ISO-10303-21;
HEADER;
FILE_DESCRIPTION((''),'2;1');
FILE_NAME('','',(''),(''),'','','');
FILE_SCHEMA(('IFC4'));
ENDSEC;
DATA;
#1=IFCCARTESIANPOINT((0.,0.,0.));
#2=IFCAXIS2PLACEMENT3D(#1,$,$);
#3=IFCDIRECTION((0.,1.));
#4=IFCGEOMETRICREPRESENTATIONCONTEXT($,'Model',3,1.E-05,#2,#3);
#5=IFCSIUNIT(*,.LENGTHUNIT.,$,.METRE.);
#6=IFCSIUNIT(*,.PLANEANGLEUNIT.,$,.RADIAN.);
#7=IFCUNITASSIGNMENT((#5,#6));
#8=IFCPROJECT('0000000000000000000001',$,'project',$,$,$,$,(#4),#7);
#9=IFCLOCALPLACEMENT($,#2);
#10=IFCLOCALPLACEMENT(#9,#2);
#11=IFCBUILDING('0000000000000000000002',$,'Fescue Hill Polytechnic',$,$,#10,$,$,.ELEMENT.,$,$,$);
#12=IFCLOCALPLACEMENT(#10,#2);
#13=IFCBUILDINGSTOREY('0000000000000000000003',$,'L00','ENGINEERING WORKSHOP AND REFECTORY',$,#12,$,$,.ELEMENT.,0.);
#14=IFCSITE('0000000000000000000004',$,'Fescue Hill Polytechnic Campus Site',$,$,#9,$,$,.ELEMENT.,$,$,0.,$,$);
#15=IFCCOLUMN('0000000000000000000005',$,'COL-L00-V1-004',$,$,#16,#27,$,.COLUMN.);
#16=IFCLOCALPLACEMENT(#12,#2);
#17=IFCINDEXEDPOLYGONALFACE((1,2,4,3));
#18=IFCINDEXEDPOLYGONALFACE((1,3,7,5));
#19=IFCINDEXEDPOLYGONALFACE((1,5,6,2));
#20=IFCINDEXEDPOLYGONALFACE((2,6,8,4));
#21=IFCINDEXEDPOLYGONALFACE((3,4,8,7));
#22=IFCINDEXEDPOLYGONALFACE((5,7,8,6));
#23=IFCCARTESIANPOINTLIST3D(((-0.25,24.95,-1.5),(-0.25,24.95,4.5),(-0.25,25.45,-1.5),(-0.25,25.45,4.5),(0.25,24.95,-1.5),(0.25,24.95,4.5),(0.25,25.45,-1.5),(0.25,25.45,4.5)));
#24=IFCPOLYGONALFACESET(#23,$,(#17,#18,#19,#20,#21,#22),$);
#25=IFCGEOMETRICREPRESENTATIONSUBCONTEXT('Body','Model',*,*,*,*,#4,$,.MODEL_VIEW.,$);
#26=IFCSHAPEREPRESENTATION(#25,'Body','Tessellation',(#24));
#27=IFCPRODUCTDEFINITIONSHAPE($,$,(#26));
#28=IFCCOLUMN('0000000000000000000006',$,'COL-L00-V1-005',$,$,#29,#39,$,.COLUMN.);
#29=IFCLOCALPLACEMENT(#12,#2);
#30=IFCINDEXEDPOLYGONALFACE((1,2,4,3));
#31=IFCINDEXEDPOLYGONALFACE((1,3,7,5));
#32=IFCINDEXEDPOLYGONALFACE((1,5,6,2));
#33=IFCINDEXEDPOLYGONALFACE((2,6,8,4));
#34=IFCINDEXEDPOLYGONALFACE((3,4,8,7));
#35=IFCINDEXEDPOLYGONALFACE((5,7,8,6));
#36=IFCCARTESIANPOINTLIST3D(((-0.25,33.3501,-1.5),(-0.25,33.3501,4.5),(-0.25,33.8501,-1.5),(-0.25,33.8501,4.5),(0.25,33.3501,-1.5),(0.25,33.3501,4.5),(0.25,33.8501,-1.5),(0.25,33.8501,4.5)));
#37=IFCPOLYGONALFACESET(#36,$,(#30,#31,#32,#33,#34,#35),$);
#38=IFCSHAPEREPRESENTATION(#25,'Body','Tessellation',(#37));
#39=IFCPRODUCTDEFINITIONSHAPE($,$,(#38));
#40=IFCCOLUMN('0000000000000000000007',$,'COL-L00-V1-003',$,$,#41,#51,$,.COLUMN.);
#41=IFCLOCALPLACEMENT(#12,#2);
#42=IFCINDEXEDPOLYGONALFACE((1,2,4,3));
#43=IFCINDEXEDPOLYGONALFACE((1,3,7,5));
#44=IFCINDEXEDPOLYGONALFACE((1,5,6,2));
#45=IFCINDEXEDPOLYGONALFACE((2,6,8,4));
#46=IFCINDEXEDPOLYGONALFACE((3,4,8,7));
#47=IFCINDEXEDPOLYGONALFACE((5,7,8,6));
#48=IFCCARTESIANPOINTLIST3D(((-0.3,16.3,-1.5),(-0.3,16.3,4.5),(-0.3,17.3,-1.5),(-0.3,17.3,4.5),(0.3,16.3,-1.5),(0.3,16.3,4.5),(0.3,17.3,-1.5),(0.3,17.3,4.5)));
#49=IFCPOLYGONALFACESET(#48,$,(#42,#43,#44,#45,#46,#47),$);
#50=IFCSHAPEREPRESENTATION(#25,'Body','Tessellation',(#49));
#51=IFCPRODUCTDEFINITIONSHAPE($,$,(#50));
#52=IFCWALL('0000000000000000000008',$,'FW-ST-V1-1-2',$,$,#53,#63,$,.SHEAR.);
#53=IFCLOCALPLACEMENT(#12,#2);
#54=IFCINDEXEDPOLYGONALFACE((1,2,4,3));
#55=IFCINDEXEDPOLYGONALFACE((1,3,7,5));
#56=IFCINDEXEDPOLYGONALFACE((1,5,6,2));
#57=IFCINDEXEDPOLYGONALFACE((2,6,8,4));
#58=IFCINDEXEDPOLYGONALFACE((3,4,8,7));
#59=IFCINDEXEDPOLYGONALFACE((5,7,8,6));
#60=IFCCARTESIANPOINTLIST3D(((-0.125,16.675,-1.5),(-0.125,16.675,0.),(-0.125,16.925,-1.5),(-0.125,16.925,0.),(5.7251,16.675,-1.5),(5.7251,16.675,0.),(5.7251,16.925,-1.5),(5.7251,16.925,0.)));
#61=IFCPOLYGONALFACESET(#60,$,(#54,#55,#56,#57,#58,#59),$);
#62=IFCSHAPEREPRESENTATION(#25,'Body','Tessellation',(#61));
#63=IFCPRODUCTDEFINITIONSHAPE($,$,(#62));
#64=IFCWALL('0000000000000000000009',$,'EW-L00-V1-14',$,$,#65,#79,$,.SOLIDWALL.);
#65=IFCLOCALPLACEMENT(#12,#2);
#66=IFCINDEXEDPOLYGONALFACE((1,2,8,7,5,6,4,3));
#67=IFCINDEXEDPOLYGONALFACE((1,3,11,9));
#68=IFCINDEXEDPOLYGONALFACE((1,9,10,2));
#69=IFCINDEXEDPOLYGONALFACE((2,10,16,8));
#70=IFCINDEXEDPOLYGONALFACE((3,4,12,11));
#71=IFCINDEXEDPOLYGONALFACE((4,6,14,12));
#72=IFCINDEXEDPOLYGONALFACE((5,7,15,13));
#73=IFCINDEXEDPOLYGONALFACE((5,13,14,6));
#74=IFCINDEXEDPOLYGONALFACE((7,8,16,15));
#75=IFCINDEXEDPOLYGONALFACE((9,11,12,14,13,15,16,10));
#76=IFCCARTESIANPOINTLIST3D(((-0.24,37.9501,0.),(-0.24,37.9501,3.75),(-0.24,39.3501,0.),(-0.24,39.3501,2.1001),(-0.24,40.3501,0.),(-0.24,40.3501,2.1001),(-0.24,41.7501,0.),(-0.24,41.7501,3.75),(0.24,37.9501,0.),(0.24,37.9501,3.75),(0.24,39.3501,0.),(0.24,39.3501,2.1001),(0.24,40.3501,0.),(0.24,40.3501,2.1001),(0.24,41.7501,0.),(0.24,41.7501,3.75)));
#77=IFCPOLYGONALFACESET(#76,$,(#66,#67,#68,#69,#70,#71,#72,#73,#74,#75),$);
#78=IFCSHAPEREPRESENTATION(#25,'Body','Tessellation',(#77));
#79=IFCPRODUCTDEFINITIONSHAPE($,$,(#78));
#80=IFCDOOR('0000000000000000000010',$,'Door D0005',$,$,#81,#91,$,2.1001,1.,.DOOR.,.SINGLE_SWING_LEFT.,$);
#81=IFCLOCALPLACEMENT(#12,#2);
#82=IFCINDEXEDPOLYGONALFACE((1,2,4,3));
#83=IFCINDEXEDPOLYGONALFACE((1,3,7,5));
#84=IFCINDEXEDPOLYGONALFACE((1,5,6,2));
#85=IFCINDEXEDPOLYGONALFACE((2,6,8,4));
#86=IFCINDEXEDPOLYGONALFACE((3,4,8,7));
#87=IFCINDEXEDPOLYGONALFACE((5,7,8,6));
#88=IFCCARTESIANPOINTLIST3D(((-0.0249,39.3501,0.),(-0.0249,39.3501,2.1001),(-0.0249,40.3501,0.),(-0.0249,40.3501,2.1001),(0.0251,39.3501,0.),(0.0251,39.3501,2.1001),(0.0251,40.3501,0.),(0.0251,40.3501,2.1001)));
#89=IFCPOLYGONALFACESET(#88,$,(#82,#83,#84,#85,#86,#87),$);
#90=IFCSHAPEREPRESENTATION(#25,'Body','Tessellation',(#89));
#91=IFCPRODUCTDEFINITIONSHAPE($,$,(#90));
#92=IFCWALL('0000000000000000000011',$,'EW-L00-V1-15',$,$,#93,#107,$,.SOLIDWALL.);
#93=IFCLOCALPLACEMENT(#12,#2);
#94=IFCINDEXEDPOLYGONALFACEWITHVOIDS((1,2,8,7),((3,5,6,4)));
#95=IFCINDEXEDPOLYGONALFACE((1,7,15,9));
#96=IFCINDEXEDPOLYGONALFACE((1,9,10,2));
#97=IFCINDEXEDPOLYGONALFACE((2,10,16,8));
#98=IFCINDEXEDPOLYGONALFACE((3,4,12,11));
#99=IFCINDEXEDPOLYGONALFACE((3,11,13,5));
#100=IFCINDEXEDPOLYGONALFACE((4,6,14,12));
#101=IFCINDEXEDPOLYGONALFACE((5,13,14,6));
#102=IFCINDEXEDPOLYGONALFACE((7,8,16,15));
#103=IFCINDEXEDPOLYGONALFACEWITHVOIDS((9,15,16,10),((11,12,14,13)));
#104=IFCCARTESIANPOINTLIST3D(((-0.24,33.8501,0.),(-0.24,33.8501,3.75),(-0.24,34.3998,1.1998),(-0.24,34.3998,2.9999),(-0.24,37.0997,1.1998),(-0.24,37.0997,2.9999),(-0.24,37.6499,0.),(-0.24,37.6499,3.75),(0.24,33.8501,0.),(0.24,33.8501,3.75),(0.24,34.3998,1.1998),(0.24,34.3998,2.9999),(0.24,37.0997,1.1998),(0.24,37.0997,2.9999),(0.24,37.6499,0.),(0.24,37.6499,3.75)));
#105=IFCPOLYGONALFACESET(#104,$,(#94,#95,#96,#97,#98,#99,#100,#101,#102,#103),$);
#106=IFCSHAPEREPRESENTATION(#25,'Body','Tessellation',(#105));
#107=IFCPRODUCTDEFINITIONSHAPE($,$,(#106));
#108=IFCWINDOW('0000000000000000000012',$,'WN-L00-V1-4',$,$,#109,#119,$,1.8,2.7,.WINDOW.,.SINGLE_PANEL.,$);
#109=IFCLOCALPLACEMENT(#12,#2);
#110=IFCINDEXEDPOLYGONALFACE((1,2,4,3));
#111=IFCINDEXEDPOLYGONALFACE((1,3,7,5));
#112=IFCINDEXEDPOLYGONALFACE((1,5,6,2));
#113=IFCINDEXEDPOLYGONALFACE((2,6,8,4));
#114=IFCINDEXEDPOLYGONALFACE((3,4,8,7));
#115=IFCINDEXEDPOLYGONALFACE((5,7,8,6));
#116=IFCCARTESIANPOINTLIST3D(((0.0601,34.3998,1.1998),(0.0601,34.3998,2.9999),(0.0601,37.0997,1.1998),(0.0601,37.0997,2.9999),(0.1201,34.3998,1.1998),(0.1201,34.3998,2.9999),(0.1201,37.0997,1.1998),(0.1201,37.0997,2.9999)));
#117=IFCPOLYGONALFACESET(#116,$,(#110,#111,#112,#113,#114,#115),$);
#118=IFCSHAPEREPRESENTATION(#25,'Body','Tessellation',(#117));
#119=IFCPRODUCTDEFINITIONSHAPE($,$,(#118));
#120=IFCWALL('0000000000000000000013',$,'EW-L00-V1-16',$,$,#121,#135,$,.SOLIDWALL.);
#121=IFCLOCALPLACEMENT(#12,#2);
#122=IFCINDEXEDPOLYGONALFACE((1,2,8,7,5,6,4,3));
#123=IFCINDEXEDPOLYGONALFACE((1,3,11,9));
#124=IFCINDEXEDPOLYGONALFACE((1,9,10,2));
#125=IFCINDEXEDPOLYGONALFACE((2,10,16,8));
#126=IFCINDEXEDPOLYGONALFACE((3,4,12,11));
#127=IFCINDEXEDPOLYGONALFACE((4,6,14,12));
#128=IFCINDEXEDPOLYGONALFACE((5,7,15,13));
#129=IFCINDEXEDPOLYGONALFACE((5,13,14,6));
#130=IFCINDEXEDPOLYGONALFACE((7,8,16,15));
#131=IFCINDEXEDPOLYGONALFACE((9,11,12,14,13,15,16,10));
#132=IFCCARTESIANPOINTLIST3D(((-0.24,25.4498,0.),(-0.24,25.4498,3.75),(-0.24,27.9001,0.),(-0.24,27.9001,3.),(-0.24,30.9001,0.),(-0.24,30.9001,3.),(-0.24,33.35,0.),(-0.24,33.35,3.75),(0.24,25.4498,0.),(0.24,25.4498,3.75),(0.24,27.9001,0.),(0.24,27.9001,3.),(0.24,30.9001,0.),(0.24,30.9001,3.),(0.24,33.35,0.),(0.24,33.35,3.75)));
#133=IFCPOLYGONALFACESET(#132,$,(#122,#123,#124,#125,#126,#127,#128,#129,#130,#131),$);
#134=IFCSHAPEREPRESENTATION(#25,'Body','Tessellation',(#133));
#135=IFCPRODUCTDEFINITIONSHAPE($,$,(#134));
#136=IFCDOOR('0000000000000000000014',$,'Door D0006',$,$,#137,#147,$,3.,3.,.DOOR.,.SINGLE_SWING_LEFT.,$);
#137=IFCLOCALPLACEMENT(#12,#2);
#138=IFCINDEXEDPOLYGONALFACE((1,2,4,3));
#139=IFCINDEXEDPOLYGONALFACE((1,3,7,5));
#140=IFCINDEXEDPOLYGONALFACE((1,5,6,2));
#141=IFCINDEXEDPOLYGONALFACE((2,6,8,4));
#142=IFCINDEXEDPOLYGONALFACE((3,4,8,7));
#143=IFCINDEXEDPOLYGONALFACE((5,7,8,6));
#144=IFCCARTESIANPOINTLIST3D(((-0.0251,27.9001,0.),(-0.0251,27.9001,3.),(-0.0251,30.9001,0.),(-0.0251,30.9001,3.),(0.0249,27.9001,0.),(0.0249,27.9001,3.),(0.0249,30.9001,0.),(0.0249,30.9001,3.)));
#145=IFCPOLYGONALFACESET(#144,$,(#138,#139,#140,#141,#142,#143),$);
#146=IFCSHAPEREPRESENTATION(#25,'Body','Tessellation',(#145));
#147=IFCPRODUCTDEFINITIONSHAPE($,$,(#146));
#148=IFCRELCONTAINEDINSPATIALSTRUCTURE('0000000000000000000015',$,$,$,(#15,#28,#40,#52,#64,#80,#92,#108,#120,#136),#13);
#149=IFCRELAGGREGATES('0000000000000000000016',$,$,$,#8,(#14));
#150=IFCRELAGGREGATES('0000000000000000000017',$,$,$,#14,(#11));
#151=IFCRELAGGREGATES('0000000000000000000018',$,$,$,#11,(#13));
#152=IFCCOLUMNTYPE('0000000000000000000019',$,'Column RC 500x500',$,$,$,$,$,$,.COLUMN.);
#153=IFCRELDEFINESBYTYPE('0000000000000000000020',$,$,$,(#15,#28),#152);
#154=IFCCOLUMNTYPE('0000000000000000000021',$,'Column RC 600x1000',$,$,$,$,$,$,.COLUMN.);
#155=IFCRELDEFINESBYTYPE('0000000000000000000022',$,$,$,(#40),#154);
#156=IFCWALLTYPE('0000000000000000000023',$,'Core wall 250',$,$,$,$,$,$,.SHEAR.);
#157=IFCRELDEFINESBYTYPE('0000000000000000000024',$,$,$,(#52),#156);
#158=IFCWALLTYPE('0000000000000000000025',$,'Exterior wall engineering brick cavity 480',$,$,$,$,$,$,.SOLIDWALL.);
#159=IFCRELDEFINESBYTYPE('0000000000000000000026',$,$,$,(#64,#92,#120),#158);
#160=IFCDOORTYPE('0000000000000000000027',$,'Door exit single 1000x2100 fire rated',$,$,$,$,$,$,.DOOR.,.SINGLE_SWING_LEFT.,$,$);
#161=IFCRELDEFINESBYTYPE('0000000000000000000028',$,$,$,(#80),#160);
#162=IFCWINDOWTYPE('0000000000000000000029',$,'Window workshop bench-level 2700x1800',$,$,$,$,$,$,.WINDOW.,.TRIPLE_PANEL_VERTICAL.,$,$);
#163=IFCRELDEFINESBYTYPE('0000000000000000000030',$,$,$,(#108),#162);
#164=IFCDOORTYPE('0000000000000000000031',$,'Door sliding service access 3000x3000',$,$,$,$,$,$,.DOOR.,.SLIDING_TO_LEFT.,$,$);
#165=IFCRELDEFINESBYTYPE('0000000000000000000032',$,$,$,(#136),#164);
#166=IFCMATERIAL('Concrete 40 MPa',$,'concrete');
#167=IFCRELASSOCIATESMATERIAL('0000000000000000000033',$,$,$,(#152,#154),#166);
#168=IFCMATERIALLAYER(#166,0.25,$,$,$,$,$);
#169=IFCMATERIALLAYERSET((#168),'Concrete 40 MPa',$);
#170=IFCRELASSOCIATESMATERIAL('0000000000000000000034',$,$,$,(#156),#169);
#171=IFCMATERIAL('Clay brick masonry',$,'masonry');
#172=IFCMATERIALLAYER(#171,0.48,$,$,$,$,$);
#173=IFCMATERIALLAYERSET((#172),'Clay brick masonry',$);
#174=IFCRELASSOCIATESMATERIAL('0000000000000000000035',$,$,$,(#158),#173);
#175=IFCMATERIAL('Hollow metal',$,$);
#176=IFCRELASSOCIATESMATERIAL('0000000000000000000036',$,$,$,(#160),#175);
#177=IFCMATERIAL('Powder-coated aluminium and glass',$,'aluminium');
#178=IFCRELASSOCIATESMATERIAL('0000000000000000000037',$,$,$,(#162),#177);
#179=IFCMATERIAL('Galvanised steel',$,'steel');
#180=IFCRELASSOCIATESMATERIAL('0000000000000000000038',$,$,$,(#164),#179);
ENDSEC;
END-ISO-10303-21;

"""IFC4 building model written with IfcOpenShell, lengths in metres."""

from ifc_helpers import new_model, si_unit, direction, frame, frame_2d, origin, origin_2d, place, context, subcontext, project, spatial, rectangle, extrude, material, layer, layer_set, material_profile, profile_set, type_object, element, fill, save


model = new_model("IFC4")

# Units and contexts
model_context = context("Model", 3, precision=1e-05, world=origin(), true_north=direction((0.0, 1.0)))
body_context = subcontext(model_context, "Body", "Model", "MODEL_VIEW")
ifc_project = project(units=[si_unit("LENGTHUNIT", "METRE"), si_unit("PLANEANGLEUNIT", "RADIAN")], contexts=[model_context])

# Site, building, storey
site_placement = place(None, origin())
site = spatial("IfcSite", under=ifc_project, at=site_placement, Name="Fescue Hill Polytechnic Campus Site", CompositionType="ELEMENT", RefElevation=0.0)
building_placement = place(site_placement, origin())
building = spatial("IfcBuilding", under=site, at=building_placement, Name="Fescue Hill Polytechnic", CompositionType="ELEMENT")
storey_placement = place(building_placement, origin())
storey = spatial("IfcBuildingStorey", under=building, at=storey_placement, Name="L00", Description="ENGINEERING WORKSHOP AND REFECTORY", CompositionType="ELEMENT", Elevation=0.0)

# Columns
ifc_material_1 = material(Name="Concrete 40 MPa", Category="concrete")
ifc_material_profile_1 = material_profile(ifc_material_1, rectangle(XDim=0.5, YDim=0.5, at=origin_2d()), Name="RC 500x500")
ifc_profile_set_1 = profile_set([ifc_material_profile_1], Name="Concrete 40 MPa")
column_type_1 = type_object("IfcColumnType", Name="Column RC 500x500", PredefinedType="COLUMN", material=ifc_profile_set_1)
for number, where, z_axis, x_axis, name in (
    (1, (0.0, 25.2, -1.5), (0.0, 0.0, 1.0), (1.0, 0.0, 0.0), "COL-L00-V1-004"),
    (2, (0.0, 33.6001, -1.5), (0.0, 0.0, 1.0), (1.0, 0.0, 0.0), "COL-L00-V1-005"),
):
    element("IfcColumn", number, at=place(storey_placement, frame(where, z_axis=z_axis, x_axis=x_axis)), inside=storey, type_object=column_type_1, Name=name, PredefinedType="COLUMN", context=body_context, shape_type="SweptSolid", body=[
        extrude(rectangle(XDim=0.5, YDim=0.5, at=origin_2d()), origin(), (0.0, 0.0, 1.0), 6.0),
    ])
ifc_material_profile_2 = material_profile(ifc_material_1, rectangle(XDim=0.6001, YDim=1.0, at=origin_2d()), Name="RC 600x1000")
ifc_profile_set_2 = profile_set([ifc_material_profile_2], Name="Concrete 40 MPa")
column_type_2 = type_object("IfcColumnType", Name="Column RC 600x1000", PredefinedType="COLUMN", material=ifc_profile_set_2)
column_placement = place(storey_placement, frame((0.0, 16.8, -1.5), z_axis=(0.0, 0.0, 1.0), x_axis=(1.0, 0.0, 0.0)))
element("IfcColumn", 3, at=column_placement, inside=storey, type_object=column_type_2, Name="COL-L00-V1-003", PredefinedType="COLUMN", context=body_context, shape_type="SweptSolid", body=[
    extrude(rectangle(XDim=0.6001, YDim=1.0, at=origin_2d()), origin(), (0.0, 0.0, 1.0), 6.0),
])

# Wall
ifc_layer_1 = layer(ifc_material_1, 0.25)
ifc_layer_set_1 = layer_set([ifc_layer_1], Name="Concrete 40 MPa")
wall_type_1 = type_object("IfcWallType", Name="Core wall 250", PredefinedType="SHEAR", material=ifc_layer_set_1)
wall_1_placement = place(storey_placement, frame((-0.125, 16.8, -1.5), z_axis=(0.0, 0.0, 1.0), x_axis=(1.0, 0.0, 0.0)))
element("IfcWall", 4, at=wall_1_placement, inside=storey, type_object=wall_type_1, Name="FW-ST-V1-1-2", PredefinedType="SHEAR", context=body_context, shape_type="SweptSolid", body=[
    extrude(rectangle(XDim=5.8501, YDim=0.25, at=frame_2d((2.925, 0.0))), origin(), (0.0, 0.0, 1.0), 1.5),
])

# Wall, opening, door
ifc_material_2 = material(Name="Clay brick masonry", Category="masonry")
ifc_layer_2 = layer(ifc_material_2, 0.48)
ifc_layer_set_2 = layer_set([ifc_layer_2], Name="Clay brick masonry")
wall_type_2 = type_object("IfcWallType", Name="Exterior wall engineering brick cavity 480", PredefinedType="SOLIDWALL", material=ifc_layer_set_2)
wall_2_placement = place(storey_placement, frame((0.0, 41.75, 0.0), z_axis=(0.0, 0.0, 1.0), x_axis=(0.0, -1.0, 0.0)))
wall_2 = element("IfcWall", 5, at=wall_2_placement, inside=storey, type_object=wall_type_2, Name="EW-L00-V1-14", PredefinedType="SOLIDWALL", context=body_context, shape_type="SweptSolid", body=[
    extrude(rectangle(XDim=3.8, YDim=0.48, at=frame_2d((1.8999, 0.0))), origin(), (0.0, 0.0, 1.0), 3.75),
])
opening_1_placement = place(wall_2_placement, frame((2.3999, 0.0, 0.0), z_axis=(0.0, 0.0, 1.0), x_axis=(-1.0, 0.0, 0.0)))
opening_1 = element("IfcOpeningElement", 6, at=opening_1_placement, cuts=wall_2, PredefinedType="OPENING", context=body_context, shape_type="SweptSolid", body=[
    extrude(rectangle(XDim=1.0, YDim=2.1001, at=frame_2d((0.5, 1.05))), frame((0.0, 0.25, 0.0), z_axis=(0.0, -1.0, 0.0), x_axis=(1.0, 0.0, 0.0)), (0.0, 0.0, 1.0), 0.5),
])
ifc_material_3 = material(Name="Hollow metal")
door_type_1 = type_object("IfcDoorType", Name="Door exit single 1000x2100 fire rated", OperationType="SINGLE_SWING_LEFT", PredefinedType="DOOR", material=ifc_material_3)
door_1_placement = place(opening_1_placement, origin())
door_1 = element("IfcDoor", 7, at=door_1_placement, inside=storey, type_object=door_type_1, Name="Door D0005", OperationType="SINGLE_SWING_LEFT", OverallHeight=2.1001, OverallWidth=1.0, PredefinedType="DOOR", context=body_context, shape_type="SweptSolid", body=[
    extrude(rectangle(XDim=1.0, YDim=2.1001, at=frame_2d((0.5, 1.05))), frame((0.0, 0.0249, 0.0), z_axis=(0.0, -1.0, 0.0), x_axis=(1.0, 0.0, 0.0)), (0.0, 0.0, 1.0), 0.05),
])
fill(opening_1, door_1)

# Wall, opening, window
wall_3_placement = place(storey_placement, frame((0.0, 37.6499, 0.0), z_axis=(0.0, 0.0, 1.0), x_axis=(0.0, -1.0, 0.0)))
wall_3 = element("IfcWall", 8, at=wall_3_placement, inside=storey, type_object=wall_type_2, Name="EW-L00-V1-15", PredefinedType="SOLIDWALL", context=body_context, shape_type="SweptSolid", body=[
    extrude(rectangle(XDim=3.7998, YDim=0.48, at=frame_2d((1.8999, 0.0))), origin(), (0.0, 0.0, 1.0), 3.75),
])
opening_2_placement = place(wall_3_placement, frame((0.55, 0.0, 1.2)))
opening_2 = element("IfcOpeningElement", 9, at=opening_2_placement, cuts=wall_3, PredefinedType="OPENING", context=body_context, shape_type="SweptSolid", body=[
    extrude(rectangle(XDim=2.7, YDim=1.8, at=frame_2d((1.3501, 0.8999))), frame((0.0, 0.25, 0.0), z_axis=(0.0, -1.0, 0.0), x_axis=(1.0, 0.0, 0.0)), (0.0, 0.0, 1.0), 0.5),
])
ifc_material_4 = material(Name="Powder-coated aluminium and glass", Category="aluminium")
window_type = type_object("IfcWindowType", Name="Window workshop bench-level 2700x1800", PartitioningType="TRIPLE_PANEL_VERTICAL", PredefinedType="WINDOW", material=ifc_material_4)
window_placement = place(opening_2_placement, origin())
window = element("IfcWindow", 10, at=window_placement, inside=storey, type_object=window_type, Name="WN-L00-V1-4", OverallHeight=1.8, OverallWidth=2.7, PartitioningType="SINGLE_PANEL", PredefinedType="WINDOW", context=body_context, shape_type="SweptSolid", body=[
    extrude(rectangle(XDim=2.7, YDim=1.8, at=frame_2d((1.3501, 0.8999))), frame((0.0, 0.1201, 0.0), z_axis=(0.0, -1.0, 0.0), x_axis=(1.0, 0.0, 0.0)), (0.0, 0.0, 1.0), 0.0601),
])
fill(opening_2, window)

# Wall, opening, door
wall_4_placement = place(storey_placement, frame((0.0, 33.3501, 0.0), z_axis=(0.0, 0.0, 1.0), x_axis=(0.0, -1.0, 0.0)))
wall_4 = element("IfcWall", 11, at=wall_4_placement, inside=storey, type_object=wall_type_2, Name="EW-L00-V1-16", PredefinedType="SOLIDWALL", context=body_context, shape_type="SweptSolid", body=[
    extrude(rectangle(XDim=7.9001, YDim=0.48, at=frame_2d((3.9502, 0.0))), origin(), (0.0, 0.0, 1.0), 3.75),
])
opening_3_placement = place(wall_4_placement, frame((2.45, 0.0, 0.0)))
opening_3 = element("IfcOpeningElement", 12, at=opening_3_placement, cuts=wall_4, PredefinedType="OPENING", context=body_context, shape_type="SweptSolid", body=[
    extrude(rectangle(XDim=3.0, YDim=3.0, at=frame_2d((1.5, 1.5))), frame((0.0, 0.25, 0.0), z_axis=(0.0, -1.0, 0.0), x_axis=(1.0, 0.0, 0.0)), (0.0, 0.0, 1.0), 0.5),
])
ifc_material_5 = material(Name="Galvanised steel", Category="steel")
door_type_2 = type_object("IfcDoorType", Name="Door sliding service access 3000x3000", OperationType="SLIDING_TO_LEFT", PredefinedType="DOOR", material=ifc_material_5)
door_2_placement = place(opening_3_placement, origin())
door_2 = element("IfcDoor", 13, at=door_2_placement, inside=storey, type_object=door_type_2, Name="Door D0006", OperationType="SINGLE_SWING_LEFT", OverallHeight=3.0, OverallWidth=3.0, PredefinedType="DOOR", context=body_context, shape_type="SweptSolid", body=[
    extrude(rectangle(XDim=3.0, YDim=3.0, at=frame_2d((1.5, 1.5))), frame((0.0, 0.0249, 0.0), z_axis=(0.0, -1.0, 0.0), x_axis=(1.0, 0.0, 0.0)), (0.0, 0.0, 1.0), 0.05),
])
fill(opening_3, door_2)

save(model, "model.ifc")
